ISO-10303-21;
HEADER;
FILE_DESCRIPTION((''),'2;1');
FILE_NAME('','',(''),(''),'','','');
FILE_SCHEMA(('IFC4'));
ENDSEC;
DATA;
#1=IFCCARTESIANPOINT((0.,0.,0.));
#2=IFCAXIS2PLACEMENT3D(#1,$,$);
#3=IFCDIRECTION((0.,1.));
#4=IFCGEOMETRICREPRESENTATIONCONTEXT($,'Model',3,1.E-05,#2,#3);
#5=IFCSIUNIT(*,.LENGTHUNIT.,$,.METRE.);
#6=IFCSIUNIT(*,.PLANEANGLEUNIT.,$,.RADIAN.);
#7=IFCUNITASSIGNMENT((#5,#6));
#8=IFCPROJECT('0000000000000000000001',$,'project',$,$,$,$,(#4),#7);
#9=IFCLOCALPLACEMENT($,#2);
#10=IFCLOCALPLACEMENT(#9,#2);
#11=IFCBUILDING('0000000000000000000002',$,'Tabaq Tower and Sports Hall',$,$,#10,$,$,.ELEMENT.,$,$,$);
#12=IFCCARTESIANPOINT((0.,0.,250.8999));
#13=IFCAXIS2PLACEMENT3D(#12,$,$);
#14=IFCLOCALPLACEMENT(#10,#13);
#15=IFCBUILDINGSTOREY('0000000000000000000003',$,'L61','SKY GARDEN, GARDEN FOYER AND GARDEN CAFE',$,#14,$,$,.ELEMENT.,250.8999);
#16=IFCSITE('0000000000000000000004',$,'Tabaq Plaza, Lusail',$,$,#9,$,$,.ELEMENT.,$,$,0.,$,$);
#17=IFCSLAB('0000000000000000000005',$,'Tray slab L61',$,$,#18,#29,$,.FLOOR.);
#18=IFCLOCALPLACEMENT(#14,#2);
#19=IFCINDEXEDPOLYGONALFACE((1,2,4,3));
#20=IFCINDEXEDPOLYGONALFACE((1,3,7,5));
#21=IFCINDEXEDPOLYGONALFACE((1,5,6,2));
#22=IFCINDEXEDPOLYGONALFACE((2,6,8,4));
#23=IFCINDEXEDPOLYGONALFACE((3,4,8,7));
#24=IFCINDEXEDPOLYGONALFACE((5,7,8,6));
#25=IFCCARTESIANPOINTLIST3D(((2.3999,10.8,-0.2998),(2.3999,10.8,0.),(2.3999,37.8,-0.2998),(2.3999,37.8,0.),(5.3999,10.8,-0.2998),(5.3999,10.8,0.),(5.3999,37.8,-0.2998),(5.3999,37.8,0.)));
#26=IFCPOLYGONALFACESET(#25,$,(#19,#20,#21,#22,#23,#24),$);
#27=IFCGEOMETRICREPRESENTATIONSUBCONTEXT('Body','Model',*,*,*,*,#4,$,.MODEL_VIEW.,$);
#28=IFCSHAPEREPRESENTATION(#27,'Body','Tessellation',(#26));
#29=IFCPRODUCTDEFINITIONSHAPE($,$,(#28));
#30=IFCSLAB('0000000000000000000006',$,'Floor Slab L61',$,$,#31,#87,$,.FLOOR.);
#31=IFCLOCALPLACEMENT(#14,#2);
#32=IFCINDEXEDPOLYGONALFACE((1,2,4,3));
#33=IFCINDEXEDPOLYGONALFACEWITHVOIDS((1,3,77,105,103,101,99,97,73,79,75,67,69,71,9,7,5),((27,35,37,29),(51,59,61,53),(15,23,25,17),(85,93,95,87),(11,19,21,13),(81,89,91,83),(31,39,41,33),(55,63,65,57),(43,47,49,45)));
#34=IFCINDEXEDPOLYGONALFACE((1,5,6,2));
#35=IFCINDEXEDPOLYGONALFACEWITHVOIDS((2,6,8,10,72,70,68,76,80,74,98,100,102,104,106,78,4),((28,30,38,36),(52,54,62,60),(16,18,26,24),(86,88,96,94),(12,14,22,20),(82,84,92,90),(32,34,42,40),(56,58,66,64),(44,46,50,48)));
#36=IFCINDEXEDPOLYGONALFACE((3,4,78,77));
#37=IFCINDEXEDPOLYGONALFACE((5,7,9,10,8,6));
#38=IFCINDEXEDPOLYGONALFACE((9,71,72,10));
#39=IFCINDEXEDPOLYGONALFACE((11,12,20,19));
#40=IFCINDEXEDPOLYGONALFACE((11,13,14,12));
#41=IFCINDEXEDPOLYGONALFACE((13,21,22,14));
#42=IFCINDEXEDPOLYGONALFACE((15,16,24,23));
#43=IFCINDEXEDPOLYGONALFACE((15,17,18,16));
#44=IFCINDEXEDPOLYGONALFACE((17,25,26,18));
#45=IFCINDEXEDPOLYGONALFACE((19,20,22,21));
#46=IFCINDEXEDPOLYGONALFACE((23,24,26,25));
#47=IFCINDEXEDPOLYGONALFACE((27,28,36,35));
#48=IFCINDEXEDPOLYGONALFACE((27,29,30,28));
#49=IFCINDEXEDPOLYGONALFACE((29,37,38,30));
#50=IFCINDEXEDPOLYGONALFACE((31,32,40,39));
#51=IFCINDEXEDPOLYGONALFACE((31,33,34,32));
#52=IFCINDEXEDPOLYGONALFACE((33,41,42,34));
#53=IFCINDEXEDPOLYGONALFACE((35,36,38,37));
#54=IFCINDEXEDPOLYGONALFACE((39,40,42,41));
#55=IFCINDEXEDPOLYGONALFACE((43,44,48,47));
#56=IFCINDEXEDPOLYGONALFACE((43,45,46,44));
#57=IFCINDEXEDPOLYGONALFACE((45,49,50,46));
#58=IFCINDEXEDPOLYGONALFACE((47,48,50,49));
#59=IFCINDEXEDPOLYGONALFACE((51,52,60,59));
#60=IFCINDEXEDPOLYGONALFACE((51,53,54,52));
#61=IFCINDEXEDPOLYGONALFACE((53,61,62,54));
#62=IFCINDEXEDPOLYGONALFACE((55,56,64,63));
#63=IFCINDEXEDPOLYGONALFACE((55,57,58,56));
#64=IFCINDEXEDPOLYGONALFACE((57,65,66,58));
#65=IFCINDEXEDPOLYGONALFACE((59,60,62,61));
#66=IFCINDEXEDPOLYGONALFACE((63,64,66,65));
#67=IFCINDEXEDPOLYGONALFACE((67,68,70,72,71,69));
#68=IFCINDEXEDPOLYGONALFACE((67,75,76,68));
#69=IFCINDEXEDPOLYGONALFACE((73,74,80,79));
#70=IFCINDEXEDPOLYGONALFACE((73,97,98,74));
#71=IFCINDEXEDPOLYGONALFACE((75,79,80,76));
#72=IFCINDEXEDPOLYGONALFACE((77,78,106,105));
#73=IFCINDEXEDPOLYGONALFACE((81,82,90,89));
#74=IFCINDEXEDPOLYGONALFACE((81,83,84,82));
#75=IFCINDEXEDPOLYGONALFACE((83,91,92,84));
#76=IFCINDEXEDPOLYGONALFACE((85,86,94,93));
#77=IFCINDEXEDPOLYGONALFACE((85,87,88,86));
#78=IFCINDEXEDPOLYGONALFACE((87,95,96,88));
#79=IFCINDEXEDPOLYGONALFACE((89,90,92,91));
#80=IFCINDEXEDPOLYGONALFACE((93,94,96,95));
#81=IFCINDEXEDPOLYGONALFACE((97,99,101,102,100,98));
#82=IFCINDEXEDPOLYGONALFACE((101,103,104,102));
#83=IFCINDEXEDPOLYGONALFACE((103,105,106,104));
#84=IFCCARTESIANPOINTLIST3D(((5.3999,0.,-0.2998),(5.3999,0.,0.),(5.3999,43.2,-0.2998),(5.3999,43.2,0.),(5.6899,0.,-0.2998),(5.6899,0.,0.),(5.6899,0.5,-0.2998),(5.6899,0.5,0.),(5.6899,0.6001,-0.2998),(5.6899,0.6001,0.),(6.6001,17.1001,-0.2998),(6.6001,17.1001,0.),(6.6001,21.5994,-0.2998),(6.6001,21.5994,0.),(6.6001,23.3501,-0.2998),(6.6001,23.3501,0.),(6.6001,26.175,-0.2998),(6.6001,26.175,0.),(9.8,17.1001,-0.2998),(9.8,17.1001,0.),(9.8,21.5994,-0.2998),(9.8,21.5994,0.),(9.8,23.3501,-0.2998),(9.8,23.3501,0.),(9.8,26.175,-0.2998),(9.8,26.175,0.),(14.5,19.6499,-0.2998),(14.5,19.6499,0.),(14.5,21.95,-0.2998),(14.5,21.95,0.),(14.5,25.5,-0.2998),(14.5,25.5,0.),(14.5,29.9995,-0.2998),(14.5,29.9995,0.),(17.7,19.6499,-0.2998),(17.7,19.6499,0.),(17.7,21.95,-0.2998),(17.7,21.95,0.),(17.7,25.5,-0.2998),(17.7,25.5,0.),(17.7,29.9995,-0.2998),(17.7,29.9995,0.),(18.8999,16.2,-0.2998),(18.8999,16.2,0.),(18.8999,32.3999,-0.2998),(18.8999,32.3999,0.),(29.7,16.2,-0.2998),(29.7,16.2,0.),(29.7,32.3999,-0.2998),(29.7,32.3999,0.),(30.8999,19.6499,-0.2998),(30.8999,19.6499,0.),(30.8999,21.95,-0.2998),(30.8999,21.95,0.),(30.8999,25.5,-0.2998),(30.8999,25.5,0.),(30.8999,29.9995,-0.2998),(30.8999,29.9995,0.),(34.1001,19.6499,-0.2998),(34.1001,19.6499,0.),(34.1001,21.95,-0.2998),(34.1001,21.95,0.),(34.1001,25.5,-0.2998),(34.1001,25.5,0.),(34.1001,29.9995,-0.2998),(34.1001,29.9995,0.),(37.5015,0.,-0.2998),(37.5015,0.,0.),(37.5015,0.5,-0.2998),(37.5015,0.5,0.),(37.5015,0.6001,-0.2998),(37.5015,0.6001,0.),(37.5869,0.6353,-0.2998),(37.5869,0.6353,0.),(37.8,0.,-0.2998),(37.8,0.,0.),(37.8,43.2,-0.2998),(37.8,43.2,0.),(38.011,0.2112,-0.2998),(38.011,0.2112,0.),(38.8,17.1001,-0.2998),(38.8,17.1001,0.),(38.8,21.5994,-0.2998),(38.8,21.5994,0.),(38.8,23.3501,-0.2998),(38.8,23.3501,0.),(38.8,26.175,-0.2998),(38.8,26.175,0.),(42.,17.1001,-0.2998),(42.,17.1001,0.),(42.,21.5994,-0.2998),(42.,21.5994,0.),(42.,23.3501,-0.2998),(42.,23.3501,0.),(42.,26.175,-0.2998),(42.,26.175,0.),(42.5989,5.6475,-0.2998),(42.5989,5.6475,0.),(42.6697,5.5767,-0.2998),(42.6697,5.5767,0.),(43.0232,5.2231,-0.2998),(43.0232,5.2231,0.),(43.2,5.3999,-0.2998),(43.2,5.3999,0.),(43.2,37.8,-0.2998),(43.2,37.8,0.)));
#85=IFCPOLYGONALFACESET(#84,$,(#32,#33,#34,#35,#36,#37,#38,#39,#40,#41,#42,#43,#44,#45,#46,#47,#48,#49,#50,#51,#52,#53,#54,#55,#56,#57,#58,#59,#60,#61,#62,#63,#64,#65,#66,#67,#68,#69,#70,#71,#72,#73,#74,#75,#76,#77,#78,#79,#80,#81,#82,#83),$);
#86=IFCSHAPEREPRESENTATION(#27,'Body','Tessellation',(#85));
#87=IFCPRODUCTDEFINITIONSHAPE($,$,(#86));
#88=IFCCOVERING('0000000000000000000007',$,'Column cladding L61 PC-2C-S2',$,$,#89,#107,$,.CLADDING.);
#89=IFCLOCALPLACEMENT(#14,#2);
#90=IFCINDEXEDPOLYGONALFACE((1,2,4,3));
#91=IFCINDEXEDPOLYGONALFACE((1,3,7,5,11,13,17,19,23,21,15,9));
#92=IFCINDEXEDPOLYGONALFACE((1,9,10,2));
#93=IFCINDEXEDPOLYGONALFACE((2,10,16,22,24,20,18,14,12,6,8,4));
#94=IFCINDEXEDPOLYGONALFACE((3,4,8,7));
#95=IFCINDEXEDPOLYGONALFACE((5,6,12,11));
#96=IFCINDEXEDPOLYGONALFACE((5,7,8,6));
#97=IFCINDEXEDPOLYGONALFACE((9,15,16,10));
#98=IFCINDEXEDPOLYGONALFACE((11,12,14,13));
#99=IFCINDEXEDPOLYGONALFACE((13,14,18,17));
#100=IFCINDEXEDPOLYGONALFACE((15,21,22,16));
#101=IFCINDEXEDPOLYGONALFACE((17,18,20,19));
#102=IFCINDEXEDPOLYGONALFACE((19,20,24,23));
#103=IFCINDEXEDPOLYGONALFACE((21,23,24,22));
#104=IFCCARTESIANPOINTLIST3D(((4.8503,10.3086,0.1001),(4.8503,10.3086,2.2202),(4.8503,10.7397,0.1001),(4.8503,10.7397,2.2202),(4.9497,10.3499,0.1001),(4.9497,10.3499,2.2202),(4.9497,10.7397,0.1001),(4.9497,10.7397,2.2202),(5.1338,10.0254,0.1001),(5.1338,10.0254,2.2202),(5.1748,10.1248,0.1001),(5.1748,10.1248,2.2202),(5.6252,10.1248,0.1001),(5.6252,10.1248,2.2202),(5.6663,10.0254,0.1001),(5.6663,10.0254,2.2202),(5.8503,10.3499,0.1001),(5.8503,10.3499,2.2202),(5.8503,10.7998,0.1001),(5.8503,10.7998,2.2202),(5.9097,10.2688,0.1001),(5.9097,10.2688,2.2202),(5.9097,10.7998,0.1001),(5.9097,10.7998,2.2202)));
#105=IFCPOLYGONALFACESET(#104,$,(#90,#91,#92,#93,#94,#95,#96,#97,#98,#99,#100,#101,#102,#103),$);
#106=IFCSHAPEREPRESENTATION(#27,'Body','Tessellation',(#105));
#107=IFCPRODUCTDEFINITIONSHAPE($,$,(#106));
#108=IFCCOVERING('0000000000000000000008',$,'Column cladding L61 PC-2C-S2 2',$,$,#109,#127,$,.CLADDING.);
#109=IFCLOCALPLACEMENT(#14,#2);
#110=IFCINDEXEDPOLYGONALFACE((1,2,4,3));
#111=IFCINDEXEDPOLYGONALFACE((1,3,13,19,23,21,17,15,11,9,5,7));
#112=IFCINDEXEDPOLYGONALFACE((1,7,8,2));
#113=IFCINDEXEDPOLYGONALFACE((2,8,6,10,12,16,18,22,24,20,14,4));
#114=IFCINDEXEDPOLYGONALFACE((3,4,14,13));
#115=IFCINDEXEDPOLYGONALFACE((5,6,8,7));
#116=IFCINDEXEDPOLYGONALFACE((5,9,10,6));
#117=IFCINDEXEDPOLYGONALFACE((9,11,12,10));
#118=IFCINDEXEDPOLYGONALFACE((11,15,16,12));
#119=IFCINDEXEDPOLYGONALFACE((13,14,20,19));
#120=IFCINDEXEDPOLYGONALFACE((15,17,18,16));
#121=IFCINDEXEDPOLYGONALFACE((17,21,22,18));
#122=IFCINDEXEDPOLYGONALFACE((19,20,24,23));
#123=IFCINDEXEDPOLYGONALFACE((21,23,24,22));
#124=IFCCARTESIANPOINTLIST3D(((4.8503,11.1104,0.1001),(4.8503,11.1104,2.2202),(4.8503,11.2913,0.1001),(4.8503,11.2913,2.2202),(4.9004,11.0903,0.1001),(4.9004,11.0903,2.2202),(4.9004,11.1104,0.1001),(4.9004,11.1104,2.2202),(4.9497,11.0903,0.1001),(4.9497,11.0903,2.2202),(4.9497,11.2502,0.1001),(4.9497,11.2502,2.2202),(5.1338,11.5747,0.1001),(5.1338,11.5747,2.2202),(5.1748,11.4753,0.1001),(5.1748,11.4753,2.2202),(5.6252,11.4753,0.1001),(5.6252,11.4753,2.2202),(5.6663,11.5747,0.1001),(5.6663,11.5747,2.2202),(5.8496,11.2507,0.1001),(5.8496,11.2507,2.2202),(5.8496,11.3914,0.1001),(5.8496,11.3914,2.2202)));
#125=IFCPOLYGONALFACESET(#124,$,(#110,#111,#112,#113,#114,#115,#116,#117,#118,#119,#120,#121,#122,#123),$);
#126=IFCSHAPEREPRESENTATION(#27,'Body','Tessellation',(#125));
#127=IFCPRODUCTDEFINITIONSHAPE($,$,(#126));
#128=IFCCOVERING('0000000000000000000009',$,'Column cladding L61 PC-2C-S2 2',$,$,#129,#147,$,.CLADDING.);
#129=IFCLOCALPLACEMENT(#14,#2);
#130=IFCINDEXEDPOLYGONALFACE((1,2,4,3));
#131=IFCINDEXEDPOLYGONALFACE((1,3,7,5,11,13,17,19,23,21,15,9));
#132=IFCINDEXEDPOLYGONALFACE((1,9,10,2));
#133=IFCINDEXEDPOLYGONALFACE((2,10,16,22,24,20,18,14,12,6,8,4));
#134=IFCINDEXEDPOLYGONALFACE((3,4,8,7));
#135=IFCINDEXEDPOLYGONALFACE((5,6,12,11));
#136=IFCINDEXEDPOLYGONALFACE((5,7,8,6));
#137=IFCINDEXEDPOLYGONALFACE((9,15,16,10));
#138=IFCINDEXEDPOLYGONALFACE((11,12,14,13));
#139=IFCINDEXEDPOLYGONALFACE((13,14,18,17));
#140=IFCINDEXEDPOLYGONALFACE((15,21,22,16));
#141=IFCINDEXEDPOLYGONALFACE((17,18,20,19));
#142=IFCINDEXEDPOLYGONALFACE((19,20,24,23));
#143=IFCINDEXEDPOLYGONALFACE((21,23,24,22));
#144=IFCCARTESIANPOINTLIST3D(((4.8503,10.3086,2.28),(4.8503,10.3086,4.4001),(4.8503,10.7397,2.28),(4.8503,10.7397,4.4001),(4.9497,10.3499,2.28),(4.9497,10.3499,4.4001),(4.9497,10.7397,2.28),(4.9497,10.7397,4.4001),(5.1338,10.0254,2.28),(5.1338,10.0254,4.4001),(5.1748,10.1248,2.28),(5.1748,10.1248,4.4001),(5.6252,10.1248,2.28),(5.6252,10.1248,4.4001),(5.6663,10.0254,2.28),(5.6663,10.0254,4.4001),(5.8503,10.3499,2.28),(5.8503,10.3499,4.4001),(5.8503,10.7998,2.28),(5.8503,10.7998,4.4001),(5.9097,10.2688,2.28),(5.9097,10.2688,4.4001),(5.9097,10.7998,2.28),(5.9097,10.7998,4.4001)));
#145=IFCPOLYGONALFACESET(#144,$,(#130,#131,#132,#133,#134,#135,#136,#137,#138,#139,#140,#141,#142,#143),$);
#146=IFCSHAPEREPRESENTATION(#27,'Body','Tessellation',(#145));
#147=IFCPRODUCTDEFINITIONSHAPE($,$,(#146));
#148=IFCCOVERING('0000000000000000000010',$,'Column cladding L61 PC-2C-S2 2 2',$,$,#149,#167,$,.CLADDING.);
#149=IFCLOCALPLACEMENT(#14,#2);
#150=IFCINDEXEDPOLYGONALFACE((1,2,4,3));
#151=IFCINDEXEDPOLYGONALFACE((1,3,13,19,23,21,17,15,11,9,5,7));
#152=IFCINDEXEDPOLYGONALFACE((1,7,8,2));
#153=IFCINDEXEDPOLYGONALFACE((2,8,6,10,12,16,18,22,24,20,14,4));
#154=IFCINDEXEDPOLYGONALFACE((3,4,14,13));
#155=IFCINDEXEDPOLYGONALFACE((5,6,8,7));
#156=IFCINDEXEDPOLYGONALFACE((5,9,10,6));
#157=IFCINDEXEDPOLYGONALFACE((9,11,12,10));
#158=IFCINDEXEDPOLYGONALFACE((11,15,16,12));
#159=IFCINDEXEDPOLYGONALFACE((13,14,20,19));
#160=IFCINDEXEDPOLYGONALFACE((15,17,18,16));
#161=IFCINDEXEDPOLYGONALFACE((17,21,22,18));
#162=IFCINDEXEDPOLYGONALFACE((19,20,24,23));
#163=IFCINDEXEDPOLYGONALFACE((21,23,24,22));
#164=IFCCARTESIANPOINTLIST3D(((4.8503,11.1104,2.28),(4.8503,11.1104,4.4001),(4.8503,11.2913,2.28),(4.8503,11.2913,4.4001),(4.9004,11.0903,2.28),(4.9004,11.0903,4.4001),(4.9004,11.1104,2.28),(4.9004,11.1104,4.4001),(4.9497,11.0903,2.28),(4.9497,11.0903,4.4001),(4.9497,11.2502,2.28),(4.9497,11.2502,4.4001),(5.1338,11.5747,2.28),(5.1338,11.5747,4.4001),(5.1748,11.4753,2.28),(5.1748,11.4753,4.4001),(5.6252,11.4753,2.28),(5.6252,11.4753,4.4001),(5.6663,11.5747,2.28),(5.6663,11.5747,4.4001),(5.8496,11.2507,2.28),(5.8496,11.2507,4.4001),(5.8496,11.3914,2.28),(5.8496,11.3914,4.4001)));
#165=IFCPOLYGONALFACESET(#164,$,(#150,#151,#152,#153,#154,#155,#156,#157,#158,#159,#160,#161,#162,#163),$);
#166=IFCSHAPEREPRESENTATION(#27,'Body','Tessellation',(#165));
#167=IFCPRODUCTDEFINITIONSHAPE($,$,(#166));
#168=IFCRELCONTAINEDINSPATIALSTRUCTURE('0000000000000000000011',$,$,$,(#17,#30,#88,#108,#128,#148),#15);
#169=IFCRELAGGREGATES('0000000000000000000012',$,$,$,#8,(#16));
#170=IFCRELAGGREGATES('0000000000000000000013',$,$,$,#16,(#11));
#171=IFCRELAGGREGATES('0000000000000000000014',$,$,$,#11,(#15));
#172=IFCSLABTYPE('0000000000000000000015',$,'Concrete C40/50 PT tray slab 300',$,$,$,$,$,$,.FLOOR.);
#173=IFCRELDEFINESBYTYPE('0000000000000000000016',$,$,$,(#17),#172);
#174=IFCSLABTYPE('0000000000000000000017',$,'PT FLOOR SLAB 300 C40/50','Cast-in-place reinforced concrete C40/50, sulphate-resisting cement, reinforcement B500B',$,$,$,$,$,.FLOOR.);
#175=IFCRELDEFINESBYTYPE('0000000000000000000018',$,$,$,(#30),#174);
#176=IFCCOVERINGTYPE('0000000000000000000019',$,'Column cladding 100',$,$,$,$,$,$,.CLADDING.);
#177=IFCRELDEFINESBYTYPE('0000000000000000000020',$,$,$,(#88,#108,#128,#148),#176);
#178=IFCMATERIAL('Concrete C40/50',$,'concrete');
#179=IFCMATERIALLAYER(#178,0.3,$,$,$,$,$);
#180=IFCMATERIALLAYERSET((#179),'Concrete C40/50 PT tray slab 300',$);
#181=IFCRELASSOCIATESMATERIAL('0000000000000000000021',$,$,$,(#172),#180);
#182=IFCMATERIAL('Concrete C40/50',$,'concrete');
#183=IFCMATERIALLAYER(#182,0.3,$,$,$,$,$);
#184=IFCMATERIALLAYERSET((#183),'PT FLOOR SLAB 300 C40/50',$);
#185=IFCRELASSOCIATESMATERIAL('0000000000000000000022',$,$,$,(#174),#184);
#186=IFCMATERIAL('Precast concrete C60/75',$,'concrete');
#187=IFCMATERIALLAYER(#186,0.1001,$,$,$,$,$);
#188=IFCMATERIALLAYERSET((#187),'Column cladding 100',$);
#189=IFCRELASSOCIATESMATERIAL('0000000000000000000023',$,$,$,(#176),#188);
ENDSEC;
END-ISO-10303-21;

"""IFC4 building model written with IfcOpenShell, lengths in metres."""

from ifc_helpers import new_model, si_unit, direction, frame, origin, place, context, subcontext, project, spatial, polyline, outline, extrude, material, layer, layer_set, type_object, element, save


model = new_model("IFC4")

# Units and contexts
model_context = context("Model", 3, precision=1e-05, world=origin(), true_north=direction((0.0, 1.0)))
body_context = subcontext(model_context, "Body", "Model", "MODEL_VIEW")
ifc_project = project(units=[si_unit("LENGTHUNIT", "METRE"), si_unit("PLANEANGLEUNIT", "RADIAN")], contexts=[model_context])

# Site, building, storey
site_placement = place(None, origin())
site = spatial("IfcSite", under=ifc_project, at=site_placement, Name="Tabaq Plaza, Lusail", CompositionType="ELEMENT", RefElevation=0.0)
building_placement = place(site_placement, origin())
building = spatial("IfcBuilding", under=site, at=building_placement, Name="Tabaq Tower and Sports Hall", CompositionType="ELEMENT")
storey_placement = place(building_placement, frame((0.0, 0.0, 250.8999)))
storey = spatial("IfcBuildingStorey", under=building, at=storey_placement, Name="L61", Description="SKY GARDEN, GARDEN FOYER AND GARDEN CAFE", CompositionType="ELEMENT", Elevation=250.8999)

# Slabs
ifc_material_1 = material(Name="Concrete C40/50", Category="concrete")
ifc_layer_1 = layer(ifc_material_1, 0.3)
ifc_layer_set_1 = layer_set([ifc_layer_1], Name="Concrete C40/50 PT tray slab 300")
slab_type_1 = type_object("IfcSlabType", Name="Concrete C40/50 PT tray slab 300", PredefinedType="FLOOR", material=ifc_layer_set_1)
slab_1_placement = place(storey_placement, frame((0.0, 0.0, -0.2998)))
element("IfcSlab", 1, at=slab_1_placement, inside=storey, type_object=slab_type_1, Name="Tray slab L61", PredefinedType="FLOOR", context=body_context, shape_type="SweptSolid", body=[
    extrude(outline(polyline([(5.3999, 37.8), (5.3999, 10.8), (2.3999, 10.8), (2.3999, 37.8), (5.3999, 37.8)])), origin(), (0.0, 0.0, 1.0), 0.2998),
])
ifc_material_2 = material(Name="Concrete C40/50", Category="concrete")
ifc_layer_2 = layer(ifc_material_2, 0.3)
ifc_layer_set_2 = layer_set([ifc_layer_2], Name="PT FLOOR SLAB 300 C40/50")
slab_type_2 = type_object("IfcSlabType", Name="PT FLOOR SLAB 300 C40/50", Description="Cast-in-place reinforced concrete C40/50, sulphate-resisting cement, reinforcement B500B", PredefinedType="FLOOR", material=ifc_layer_set_2)
slab_2_placement = place(storey_placement, frame((0.0, 0.0, -0.2998)))
element("IfcSlab", 2, at=slab_2_placement, inside=storey, type_object=slab_type_2, Name="Floor Slab L61", PredefinedType="FLOOR", context=body_context, shape_type="SweptSolid", body=[
    extrude(outline(polyline([(43.2, 5.3999), (43.2, 37.8), (37.8, 43.2), (5.3999, 43.2), (5.3999, 0.0), (5.6899, 0.0), (5.6899, 0.5), (5.6899, 0.6001), (37.5015, 0.6001), (37.5015, 0.5), (37.5015, 0.0), (37.8, 0.0), (38.011, 0.2112), (37.5869, 0.6353), (42.5989, 5.6475), (42.6697, 5.5767), (43.0232, 5.2231), (43.2, 5.3999)]), holes=[polyline([(6.6001, 21.5994), (9.8, 21.5994), (9.8, 17.1001), (6.6001, 17.1001), (6.6001, 21.5994)]), polyline([(38.8, 21.5994), (42.0, 21.5994), (42.0, 17.1001), (38.8, 17.1001), (38.8, 21.5994)]), polyline([(14.5, 21.95), (17.7, 21.95), (17.7, 19.6499), (14.5, 19.6499), (14.5, 21.95)]), polyline([(30.8999, 21.95), (34.1001, 21.95), (34.1001, 19.6499), (30.8999, 19.6499), (30.8999, 21.95)]), polyline([(18.8999, 16.2), (18.8999, 32.3999), (29.7, 32.3999), (29.7, 16.2), (18.8999, 16.2)]), polyline([(6.6001, 26.175), (9.8, 26.175), (9.8, 23.3501), (6.6001, 23.3501), (6.6001, 26.175)]), polyline([(38.8, 26.175), (42.0, 26.175), (42.0, 23.3501), (38.8, 23.3501), (38.8, 26.175)]), polyline([(17.7, 29.9995), (17.7, 25.5), (14.5, 25.5), (14.5, 29.9995), (17.7, 29.9995)]), polyline([(34.1001, 29.9995), (34.1001, 25.5), (30.8999, 25.5), (30.8999, 29.9995), (34.1001, 29.9995)])]), origin(), (0.0, 0.0, 1.0), 0.2998),
])

# Coverings
ifc_material_3 = material(Name="Precast concrete C60/75", Category="concrete")
ifc_layer_3 = layer(ifc_material_3, 0.1001)
ifc_layer_set_3 = layer_set([ifc_layer_3], Name="Column cladding 100")
covering_type = type_object("IfcCoveringType", Name="Column cladding 100", PredefinedType="CLADDING", material=ifc_layer_set_3)
covering_1_placement = place(storey_placement, frame((0.0, 0.0, 0.1001)))
element("IfcCovering", 3, at=covering_1_placement, inside=storey, type_object=covering_type, Name="Column cladding L61 PC-2C-S2", PredefinedType="CLADDING", context=body_context, shape_type="SweptSolid", body=[
    extrude(outline(polyline([(5.1338, 10.0254), (4.8503, 10.3086), (4.8503, 10.7397), (4.9497, 10.7397), (4.9497, 10.3499), (5.1748, 10.1248), (5.6252, 10.1248), (5.8503, 10.3499), (5.8503, 10.7998), (5.9097, 10.7998), (5.9097, 10.2688), (5.6663, 10.0254), (5.1338, 10.0254)])), origin(), (0.0, 0.0, 1.0), 2.1201),
])
covering_2_placement = place(storey_placement, frame((0.0, 0.0, 0.1001)))
element("IfcCovering", 4, at=covering_2_placement, inside=storey, type_object=covering_type, Name="Column cladding L61 PC-2C-S2 2", PredefinedType="CLADDING", context=body_context, shape_type="SweptSolid", body=[
    extrude(outline(polyline([(4.8503, 11.2913), (5.1338, 11.5747), (5.6663, 11.5747), (5.8496, 11.3914), (5.8496, 11.2507), (5.6252, 11.4753), (5.1748, 11.4753), (4.9497, 11.2502), (4.9497, 11.0903), (4.9004, 11.0903), (4.9004, 11.1104), (4.8503, 11.1104), (4.8503, 11.2913)])), origin(), (0.0, 0.0, 1.0), 2.1201),
])
covering_3_placement = place(storey_placement, frame((0.0, 0.0, 2.28)))
element("IfcCovering", 5, at=covering_3_placement, inside=storey, type_object=covering_type, Name="Column cladding L61 PC-2C-S2 2", PredefinedType="CLADDING", context=body_context, shape_type="SweptSolid", body=[
    extrude(outline(polyline([(5.1338, 10.0254), (4.8503, 10.3086), (4.8503, 10.7397), (4.9497, 10.7397), (4.9497, 10.3499), (5.1748, 10.1248), (5.6252, 10.1248), (5.8503, 10.3499), (5.8503, 10.7998), (5.9097, 10.7998), (5.9097, 10.2688), (5.6663, 10.0254), (5.1338, 10.0254)])), origin(), (0.0, 0.0, 1.0), 2.1201),
])
covering_4_placement = place(storey_placement, frame((0.0, 0.0, 2.28)))
element("IfcCovering", 6, at=covering_4_placement, inside=storey, type_object=covering_type, Name="Column cladding L61 PC-2C-S2 2 2", PredefinedType="CLADDING", context=body_context, shape_type="SweptSolid", body=[
    extrude(outline(polyline([(4.8503, 11.2913), (5.1338, 11.5747), (5.6663, 11.5747), (5.8496, 11.3914), (5.8496, 11.2507), (5.6252, 11.4753), (5.1748, 11.4753), (4.9497, 11.2502), (4.9497, 11.0903), (4.9004, 11.0903), (4.9004, 11.1104), (4.8503, 11.1104), (4.8503, 11.2913)])), origin(), (0.0, 0.0, 1.0), 2.1201),
])

save(model, "model.ifc")
